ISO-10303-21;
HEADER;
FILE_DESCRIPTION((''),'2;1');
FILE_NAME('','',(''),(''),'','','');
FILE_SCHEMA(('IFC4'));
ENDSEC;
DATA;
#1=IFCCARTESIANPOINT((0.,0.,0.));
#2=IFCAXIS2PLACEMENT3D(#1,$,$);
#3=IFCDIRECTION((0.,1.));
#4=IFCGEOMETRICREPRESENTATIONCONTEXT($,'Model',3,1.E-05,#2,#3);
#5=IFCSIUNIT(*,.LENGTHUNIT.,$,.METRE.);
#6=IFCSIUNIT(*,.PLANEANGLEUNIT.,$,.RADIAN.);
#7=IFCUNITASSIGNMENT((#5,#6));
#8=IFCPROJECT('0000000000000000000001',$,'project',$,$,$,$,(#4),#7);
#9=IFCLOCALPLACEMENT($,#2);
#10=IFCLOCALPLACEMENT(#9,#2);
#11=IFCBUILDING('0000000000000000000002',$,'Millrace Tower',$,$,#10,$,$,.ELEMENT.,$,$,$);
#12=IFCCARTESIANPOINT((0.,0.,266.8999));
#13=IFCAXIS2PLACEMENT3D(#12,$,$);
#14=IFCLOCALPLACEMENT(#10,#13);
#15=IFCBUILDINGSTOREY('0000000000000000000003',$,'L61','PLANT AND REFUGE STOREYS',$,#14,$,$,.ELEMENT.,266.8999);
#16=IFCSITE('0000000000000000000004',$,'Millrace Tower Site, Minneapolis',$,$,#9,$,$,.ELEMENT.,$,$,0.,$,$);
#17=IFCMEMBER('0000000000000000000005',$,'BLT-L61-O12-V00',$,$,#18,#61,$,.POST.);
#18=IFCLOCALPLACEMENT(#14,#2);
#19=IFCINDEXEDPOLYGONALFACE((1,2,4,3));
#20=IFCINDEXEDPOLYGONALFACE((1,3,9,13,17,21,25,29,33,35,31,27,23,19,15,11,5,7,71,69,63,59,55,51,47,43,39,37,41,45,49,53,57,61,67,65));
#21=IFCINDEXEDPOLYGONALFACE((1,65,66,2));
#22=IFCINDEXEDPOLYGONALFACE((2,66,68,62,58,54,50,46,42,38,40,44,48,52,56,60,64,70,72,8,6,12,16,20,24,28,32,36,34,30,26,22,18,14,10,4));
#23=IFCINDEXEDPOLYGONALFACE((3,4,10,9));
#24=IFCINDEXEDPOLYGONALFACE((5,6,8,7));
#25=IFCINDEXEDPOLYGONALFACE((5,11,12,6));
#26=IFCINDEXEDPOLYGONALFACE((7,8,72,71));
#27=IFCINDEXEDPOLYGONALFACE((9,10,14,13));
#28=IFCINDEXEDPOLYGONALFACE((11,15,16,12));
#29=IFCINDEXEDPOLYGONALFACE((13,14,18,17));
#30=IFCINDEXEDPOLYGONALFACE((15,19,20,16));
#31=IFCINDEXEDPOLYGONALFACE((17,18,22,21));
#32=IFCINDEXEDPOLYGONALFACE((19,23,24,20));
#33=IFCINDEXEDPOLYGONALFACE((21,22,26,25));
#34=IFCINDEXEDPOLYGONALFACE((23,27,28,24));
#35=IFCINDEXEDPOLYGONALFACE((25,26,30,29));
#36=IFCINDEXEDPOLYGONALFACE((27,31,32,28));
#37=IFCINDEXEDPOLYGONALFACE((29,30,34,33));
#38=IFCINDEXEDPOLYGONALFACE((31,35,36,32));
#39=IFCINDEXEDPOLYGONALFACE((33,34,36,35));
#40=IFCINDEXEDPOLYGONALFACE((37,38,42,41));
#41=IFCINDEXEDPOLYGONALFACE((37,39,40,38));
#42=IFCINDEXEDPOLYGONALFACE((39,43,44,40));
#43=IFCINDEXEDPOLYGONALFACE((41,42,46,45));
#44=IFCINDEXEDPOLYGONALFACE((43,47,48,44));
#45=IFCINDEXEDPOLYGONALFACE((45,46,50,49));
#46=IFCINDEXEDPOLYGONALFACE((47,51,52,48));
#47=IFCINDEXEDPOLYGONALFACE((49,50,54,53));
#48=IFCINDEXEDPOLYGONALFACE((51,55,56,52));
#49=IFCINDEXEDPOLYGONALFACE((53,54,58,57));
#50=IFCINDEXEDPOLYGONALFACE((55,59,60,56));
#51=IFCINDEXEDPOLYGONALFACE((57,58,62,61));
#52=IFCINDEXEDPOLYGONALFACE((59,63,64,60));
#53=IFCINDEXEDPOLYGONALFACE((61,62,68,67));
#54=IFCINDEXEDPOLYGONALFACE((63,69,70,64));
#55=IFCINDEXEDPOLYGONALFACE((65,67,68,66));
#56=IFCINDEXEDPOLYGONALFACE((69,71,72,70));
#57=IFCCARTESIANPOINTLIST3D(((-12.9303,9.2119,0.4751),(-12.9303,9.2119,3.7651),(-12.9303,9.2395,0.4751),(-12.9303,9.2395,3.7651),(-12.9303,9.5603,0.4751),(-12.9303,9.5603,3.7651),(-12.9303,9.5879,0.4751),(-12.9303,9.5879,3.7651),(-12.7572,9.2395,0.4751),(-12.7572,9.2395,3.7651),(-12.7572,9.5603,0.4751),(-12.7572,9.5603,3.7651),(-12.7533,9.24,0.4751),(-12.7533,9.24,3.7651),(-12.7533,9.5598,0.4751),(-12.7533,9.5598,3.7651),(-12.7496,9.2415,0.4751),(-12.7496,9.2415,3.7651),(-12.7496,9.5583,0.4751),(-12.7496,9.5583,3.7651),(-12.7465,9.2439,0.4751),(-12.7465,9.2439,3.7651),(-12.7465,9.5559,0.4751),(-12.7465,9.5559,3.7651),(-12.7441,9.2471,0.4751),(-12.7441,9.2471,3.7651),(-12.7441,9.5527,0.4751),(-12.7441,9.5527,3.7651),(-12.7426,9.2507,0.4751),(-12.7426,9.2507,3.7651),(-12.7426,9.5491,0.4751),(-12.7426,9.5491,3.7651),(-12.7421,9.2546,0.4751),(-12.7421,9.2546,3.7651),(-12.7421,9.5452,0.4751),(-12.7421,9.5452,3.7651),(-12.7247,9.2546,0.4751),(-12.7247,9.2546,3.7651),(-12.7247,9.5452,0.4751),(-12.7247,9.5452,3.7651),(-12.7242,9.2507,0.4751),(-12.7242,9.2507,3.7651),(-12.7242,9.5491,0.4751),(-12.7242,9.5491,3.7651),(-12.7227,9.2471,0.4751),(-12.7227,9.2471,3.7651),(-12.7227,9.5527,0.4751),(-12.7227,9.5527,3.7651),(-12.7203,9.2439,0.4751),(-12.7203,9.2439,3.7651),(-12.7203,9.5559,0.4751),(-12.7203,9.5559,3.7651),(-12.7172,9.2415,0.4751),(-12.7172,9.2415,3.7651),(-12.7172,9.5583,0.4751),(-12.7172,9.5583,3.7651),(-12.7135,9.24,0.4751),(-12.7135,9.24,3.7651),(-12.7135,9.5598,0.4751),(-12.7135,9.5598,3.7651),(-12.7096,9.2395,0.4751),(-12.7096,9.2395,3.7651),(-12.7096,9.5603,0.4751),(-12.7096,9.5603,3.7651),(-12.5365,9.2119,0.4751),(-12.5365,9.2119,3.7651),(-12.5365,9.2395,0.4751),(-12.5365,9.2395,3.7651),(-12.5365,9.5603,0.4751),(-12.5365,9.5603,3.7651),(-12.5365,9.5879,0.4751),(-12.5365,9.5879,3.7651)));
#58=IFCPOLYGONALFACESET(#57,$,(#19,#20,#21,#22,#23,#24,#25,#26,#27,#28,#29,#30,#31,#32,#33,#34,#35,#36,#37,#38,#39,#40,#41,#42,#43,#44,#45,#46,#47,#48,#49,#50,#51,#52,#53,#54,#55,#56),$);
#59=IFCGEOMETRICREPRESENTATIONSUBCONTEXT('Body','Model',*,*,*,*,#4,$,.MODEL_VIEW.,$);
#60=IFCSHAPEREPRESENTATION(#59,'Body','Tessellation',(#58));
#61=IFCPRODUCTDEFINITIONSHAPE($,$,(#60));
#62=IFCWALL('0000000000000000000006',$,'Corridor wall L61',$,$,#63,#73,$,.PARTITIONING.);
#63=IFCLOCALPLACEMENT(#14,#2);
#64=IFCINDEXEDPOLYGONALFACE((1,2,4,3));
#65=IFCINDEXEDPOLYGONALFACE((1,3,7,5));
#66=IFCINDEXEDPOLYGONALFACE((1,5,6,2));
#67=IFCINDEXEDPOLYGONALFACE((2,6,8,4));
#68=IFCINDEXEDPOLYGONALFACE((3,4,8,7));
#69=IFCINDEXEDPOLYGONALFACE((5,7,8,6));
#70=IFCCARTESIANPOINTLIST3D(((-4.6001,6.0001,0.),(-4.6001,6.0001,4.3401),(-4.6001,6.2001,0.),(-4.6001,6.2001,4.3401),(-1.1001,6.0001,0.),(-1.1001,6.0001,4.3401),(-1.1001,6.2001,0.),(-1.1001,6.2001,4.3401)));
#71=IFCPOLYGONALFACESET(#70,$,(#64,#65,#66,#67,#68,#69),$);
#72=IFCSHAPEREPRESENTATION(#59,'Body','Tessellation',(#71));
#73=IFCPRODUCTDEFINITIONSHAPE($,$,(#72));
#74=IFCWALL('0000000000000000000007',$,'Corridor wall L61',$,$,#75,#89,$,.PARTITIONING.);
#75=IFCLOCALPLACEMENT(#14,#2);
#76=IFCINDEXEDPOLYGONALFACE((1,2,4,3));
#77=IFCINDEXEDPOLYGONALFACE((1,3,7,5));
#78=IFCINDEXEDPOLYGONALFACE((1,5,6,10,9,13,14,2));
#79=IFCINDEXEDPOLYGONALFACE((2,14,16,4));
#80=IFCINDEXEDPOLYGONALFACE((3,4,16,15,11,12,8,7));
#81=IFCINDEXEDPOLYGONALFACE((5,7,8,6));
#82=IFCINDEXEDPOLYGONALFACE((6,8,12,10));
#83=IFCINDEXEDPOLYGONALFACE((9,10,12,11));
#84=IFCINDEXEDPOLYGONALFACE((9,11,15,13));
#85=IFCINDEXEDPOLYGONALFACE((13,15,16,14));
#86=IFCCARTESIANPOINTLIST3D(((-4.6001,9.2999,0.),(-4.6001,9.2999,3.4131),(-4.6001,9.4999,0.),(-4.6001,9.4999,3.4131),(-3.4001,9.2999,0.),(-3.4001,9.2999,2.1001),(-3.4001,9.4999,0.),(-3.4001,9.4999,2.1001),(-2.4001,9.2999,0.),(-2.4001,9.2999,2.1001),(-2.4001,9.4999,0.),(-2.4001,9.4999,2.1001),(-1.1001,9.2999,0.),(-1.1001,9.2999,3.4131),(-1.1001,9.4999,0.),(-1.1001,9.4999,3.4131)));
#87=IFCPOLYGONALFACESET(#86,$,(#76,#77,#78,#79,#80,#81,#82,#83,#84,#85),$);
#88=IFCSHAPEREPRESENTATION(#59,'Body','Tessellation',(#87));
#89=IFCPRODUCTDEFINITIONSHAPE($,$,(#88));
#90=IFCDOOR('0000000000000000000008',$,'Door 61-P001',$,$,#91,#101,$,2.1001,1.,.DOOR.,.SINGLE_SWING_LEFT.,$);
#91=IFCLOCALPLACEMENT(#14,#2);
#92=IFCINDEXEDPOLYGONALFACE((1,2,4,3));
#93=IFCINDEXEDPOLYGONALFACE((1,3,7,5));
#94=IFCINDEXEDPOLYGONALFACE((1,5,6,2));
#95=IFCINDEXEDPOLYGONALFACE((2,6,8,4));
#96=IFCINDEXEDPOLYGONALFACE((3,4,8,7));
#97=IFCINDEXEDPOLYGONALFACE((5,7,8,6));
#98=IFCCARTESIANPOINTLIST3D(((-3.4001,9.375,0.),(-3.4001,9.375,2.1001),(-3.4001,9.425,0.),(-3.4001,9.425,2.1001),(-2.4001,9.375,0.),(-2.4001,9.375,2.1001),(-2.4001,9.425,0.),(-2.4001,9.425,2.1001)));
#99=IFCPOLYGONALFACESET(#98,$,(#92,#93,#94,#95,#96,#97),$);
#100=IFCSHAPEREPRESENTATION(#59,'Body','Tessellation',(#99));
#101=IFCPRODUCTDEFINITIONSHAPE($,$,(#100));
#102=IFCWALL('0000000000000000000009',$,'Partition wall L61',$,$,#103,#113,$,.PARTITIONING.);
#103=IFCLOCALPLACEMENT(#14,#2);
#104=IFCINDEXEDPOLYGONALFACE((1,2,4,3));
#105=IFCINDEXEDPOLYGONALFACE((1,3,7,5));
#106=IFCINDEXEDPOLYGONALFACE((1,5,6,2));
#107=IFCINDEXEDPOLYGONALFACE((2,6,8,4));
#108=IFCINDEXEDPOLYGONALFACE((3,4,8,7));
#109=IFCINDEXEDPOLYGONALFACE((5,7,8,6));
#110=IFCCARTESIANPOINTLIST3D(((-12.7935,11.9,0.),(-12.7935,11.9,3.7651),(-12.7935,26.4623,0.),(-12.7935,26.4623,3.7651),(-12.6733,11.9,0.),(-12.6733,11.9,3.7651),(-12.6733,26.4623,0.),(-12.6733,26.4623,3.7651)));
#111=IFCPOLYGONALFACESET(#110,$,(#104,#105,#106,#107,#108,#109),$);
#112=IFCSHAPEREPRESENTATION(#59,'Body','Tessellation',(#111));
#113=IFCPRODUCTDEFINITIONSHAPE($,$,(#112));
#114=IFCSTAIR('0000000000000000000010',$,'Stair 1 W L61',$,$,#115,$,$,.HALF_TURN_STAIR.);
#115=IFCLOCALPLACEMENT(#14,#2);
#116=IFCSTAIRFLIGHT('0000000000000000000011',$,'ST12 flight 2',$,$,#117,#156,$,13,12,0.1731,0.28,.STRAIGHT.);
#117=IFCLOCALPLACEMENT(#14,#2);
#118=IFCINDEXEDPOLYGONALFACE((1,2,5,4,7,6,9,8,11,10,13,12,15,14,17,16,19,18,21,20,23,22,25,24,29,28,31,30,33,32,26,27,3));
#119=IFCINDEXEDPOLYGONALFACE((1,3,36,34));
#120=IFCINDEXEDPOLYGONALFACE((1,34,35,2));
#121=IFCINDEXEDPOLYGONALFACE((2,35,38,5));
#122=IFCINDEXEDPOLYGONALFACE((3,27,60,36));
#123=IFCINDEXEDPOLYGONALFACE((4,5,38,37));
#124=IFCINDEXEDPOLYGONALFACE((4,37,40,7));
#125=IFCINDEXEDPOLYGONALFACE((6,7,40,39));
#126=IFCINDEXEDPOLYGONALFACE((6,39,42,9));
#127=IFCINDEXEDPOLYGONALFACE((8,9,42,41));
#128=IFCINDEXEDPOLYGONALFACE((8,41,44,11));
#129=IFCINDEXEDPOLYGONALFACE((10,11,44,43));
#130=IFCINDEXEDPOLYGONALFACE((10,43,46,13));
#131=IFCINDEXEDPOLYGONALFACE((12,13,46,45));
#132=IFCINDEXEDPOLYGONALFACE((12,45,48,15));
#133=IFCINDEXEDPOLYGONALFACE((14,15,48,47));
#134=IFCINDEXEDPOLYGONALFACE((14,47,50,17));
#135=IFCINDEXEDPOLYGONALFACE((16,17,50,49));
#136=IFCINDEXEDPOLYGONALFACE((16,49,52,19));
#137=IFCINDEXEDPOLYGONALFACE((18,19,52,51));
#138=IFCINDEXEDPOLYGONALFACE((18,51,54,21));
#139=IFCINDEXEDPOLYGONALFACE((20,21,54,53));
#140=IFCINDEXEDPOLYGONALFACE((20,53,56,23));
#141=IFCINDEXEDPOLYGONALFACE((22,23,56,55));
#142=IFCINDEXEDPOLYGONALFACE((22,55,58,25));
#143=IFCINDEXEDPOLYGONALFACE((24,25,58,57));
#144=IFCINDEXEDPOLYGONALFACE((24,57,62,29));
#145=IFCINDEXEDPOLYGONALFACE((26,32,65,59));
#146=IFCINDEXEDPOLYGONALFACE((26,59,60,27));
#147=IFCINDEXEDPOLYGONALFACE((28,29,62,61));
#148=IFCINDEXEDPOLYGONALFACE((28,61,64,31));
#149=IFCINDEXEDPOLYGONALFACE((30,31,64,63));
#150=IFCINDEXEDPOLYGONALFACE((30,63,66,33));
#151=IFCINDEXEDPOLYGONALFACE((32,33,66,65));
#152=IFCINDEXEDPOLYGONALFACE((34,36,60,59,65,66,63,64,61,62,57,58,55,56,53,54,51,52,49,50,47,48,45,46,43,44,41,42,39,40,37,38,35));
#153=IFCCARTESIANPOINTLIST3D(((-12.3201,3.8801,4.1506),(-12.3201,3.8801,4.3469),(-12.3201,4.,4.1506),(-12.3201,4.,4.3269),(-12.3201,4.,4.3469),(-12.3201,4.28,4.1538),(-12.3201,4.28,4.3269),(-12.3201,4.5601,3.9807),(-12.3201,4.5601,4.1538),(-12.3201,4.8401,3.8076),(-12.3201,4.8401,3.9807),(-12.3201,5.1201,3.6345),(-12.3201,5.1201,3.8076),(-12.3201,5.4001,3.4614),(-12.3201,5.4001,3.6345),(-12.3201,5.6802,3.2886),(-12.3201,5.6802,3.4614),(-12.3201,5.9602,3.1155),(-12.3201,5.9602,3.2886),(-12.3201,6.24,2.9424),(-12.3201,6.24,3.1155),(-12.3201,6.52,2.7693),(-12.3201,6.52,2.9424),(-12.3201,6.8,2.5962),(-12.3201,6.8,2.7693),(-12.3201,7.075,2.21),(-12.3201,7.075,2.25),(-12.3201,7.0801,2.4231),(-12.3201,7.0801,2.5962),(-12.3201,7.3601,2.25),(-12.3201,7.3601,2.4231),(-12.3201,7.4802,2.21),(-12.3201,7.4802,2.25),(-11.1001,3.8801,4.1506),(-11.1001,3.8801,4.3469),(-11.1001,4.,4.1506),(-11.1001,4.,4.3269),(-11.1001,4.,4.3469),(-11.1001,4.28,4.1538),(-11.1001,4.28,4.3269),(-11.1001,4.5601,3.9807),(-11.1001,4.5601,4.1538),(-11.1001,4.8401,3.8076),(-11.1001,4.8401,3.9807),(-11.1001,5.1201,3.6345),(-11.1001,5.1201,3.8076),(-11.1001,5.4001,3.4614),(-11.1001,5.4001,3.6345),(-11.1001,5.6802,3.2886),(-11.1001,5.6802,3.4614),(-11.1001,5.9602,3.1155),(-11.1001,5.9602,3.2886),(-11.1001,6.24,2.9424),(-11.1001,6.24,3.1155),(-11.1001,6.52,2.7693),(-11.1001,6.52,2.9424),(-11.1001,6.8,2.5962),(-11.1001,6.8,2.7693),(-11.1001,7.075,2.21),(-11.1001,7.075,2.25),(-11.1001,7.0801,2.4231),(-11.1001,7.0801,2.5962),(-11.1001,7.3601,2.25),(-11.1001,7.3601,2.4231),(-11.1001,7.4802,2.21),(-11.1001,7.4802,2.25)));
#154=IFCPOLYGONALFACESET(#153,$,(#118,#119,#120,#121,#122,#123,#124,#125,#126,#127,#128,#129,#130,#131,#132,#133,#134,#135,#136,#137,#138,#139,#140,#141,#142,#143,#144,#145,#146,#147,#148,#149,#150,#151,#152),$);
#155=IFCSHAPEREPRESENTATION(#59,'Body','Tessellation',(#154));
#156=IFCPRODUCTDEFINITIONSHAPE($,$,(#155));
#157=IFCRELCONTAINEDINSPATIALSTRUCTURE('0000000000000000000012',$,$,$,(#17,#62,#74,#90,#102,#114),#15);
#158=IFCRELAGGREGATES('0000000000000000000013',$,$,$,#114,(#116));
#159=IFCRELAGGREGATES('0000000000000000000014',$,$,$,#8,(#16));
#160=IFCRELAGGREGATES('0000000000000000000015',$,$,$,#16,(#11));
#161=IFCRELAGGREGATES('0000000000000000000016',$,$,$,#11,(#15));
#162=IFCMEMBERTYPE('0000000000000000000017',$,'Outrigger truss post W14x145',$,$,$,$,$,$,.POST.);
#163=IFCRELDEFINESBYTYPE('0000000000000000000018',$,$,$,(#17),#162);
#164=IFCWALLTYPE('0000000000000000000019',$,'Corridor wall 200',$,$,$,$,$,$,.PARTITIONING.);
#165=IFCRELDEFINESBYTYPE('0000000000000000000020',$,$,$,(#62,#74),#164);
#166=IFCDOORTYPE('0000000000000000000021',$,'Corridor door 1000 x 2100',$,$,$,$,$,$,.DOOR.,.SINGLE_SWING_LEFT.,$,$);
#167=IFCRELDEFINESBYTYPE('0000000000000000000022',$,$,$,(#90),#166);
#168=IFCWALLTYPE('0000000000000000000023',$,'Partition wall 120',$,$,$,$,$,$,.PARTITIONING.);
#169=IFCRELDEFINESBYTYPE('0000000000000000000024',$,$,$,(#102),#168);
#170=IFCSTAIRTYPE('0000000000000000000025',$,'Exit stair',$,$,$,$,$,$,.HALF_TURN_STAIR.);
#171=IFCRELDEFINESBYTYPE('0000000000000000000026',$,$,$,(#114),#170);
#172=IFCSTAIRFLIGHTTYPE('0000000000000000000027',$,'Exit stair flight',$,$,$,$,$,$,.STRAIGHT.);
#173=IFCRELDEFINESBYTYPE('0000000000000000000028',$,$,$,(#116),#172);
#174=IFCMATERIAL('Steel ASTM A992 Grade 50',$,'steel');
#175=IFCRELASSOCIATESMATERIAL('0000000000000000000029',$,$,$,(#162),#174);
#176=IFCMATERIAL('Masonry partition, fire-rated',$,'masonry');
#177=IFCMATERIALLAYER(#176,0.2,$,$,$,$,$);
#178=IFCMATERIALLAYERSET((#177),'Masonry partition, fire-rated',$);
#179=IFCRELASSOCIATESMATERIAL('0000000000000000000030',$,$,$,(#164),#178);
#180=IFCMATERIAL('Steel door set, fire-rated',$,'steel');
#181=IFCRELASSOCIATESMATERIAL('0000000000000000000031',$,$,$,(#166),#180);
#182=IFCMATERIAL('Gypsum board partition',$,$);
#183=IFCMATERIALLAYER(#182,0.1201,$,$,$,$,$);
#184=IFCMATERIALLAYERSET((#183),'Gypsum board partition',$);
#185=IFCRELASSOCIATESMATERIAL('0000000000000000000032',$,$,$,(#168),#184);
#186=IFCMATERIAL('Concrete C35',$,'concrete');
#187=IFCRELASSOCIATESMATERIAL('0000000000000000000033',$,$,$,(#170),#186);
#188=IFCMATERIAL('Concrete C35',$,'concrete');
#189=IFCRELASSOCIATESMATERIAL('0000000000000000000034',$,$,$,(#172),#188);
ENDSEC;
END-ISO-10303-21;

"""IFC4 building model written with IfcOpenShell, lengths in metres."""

from ifc_helpers import new_model, si_unit, direction, frame, frame_2d, origin, origin_2d, place, context, subcontext, project, spatial, polyline, rectangle, i_section, outline, extrude, material, layer, layer_set, material_profile, profile_set, type_object, element, fill, aggregate, save


model = new_model("IFC4")

# Units and contexts
model_context = context("Model", 3, precision=1e-05, world=origin(), true_north=direction((0.0, 1.0)))
body_context = subcontext(model_context, "Body", "Model", "MODEL_VIEW")
ifc_project = project(units=[si_unit("LENGTHUNIT", "METRE"), si_unit("PLANEANGLEUNIT", "RADIAN")], contexts=[model_context])

# Site, building, storey
site_placement = place(None, origin())
site = spatial("IfcSite", under=ifc_project, at=site_placement, Name="Millrace Tower Site, Minneapolis", CompositionType="ELEMENT", RefElevation=0.0)
building_placement = place(site_placement, origin())
building = spatial("IfcBuilding", under=site, at=building_placement, Name="Millrace Tower", CompositionType="ELEMENT")
storey_placement = place(building_placement, frame((0.0, 0.0, 266.8999)))
storey = spatial("IfcBuildingStorey", under=building, at=storey_placement, Name="L61", Description="PLANT AND REFUGE STOREYS", CompositionType="ELEMENT", Elevation=266.8999)

# Member
ifc_material_1 = material(Name="Steel ASTM A992 Grade 50", Category="steel")
ifc_material_profile_1 = material_profile(ifc_material_1, i_section(OverallWidth=0.3938, OverallDepth=0.376, WebThickness=0.0173, FlangeThickness=0.0276, FilletRadius=0.0151, at=origin_2d()))
ifc_profile_set_1 = profile_set([ifc_material_profile_1], Name="Steel ASTM A992 Grade 50")
member_type_1 = type_object("IfcMemberType", Name="Outrigger truss post W14x145", PredefinedType="POST", material=ifc_profile_set_1)
for number, where, z_axis, x_axis, name in (
    (1, (-12.7334, 9.3999, 0.4751), (0.0, 0.0, 1.0), (1.0, 0.0, 0.0), "BLT-L61-O12-V00"),
):
    element("IfcMember", number, at=place(storey_placement, frame(where, z_axis=z_axis, x_axis=x_axis)), inside=storey, type_object=member_type_1, Name=name, PredefinedType="POST", context=body_context, shape_type="SweptSolid", body=[
        extrude(i_section(OverallWidth=0.3938, OverallDepth=0.376, WebThickness=0.0173, FlangeThickness=0.0276, FilletRadius=0.0151, at=origin_2d()), origin(), (0.0, 0.0, 1.0), 3.29),
    ])

# Wall
ifc_material_2 = material(Name="Masonry partition, fire-rated", Category="masonry")
ifc_layer_1 = layer(ifc_material_2, 0.2)
ifc_layer_set_1 = layer_set([ifc_layer_1], Name="Masonry partition, fire-rated")
wall_type_1 = type_object("IfcWallType", Name="Corridor wall 200", PredefinedType="PARTITIONING", material=ifc_layer_set_1)
wall_1_placement = place(storey_placement, frame((-4.6001, 6.1001, 0.0), z_axis=(0.0, 0.0, 1.0), x_axis=(1.0, 0.0, 0.0)))
element("IfcWall", 2, at=wall_1_placement, inside=storey, type_object=wall_type_1, Name="Corridor wall L61", PredefinedType="PARTITIONING", context=body_context, shape_type="SweptSolid", body=[
    extrude(rectangle(XDim=3.5, YDim=0.2, at=frame_2d((1.75, 0.0))), origin(), (0.0, 0.0, 1.0), 4.3401),
])

# Wall, opening, door
wall_2_placement = place(storey_placement, frame((-4.6001, 9.3999, 0.0), z_axis=(0.0, 0.0, 1.0), x_axis=(1.0, 0.0, 0.0)))
wall_2 = element("IfcWall", 3, at=wall_2_placement, inside=storey, type_object=wall_type_1, Name="Corridor wall L61", PredefinedType="PARTITIONING", context=body_context, shape_type="SweptSolid", body=[
    extrude(rectangle(XDim=3.5, YDim=0.2, at=frame_2d((1.75, 0.0))), origin(), (0.0, 0.0, 1.0), 3.4131),
])
opening_placement = place(wall_2_placement, frame((1.2, 0.0, 0.0)))
opening = element("IfcOpeningElement", 4, at=opening_placement, cuts=wall_2, PredefinedType="OPENING", context=body_context, shape_type="SweptSolid", body=[
    extrude(rectangle(XDim=1.0, YDim=2.1001, at=frame_2d((0.5, 1.05))), frame((0.0, 0.1099, 0.0), z_axis=(0.0, -1.0, 0.0), x_axis=(1.0, 0.0, 0.0)), (0.0, 0.0, 1.0), 0.22),
])
ifc_material_3 = material(Name="Steel door set, fire-rated", Category="steel")
door_type = type_object("IfcDoorType", Name="Corridor door 1000 x 2100", OperationType="SINGLE_SWING_LEFT", PredefinedType="DOOR", material=ifc_material_3)
door_placement = place(opening_placement, frame((1.0, 0.0, 0.0), z_axis=(0.0, 0.0, 1.0), x_axis=(-1.0, 0.0, 0.0)))
door = element("IfcDoor", 5, at=door_placement, inside=storey, type_object=door_type, Name="Door 61-P001", OperationType="SINGLE_SWING_LEFT", OverallHeight=2.1001, OverallWidth=1.0, PredefinedType="DOOR", context=body_context, shape_type="SweptSolid", body=[
    extrude(rectangle(XDim=1.0, YDim=2.1001, at=frame_2d((0.5, 1.05))), frame((0.0, 0.0249, 0.0), z_axis=(0.0, -1.0, 0.0), x_axis=(1.0, 0.0, 0.0)), (0.0, 0.0, 1.0), 0.05),
])
fill(opening, door)

# Wall
ifc_material_4 = material(Name="Gypsum board partition")
ifc_layer_2 = layer(ifc_material_4, 0.1201)
ifc_layer_set_2 = layer_set([ifc_layer_2], Name="Gypsum board partition")
wall_type_2 = type_object("IfcWallType", Name="Partition wall 120", PredefinedType="PARTITIONING", material=ifc_layer_set_2)
wall_3_placement = place(storey_placement, frame((-12.7334, 11.8999, 0.0), z_axis=(0.0, 0.0, 1.0), x_axis=(0.0, 1.0, 0.0)))
element("IfcWall", 6, at=wall_3_placement, inside=storey, type_object=wall_type_2, Name="Partition wall L61", PredefinedType="PARTITIONING", context=body_context, shape_type="SweptSolid", body=[
    extrude(rectangle(XDim=14.5623, YDim=0.1201, at=frame_2d((7.2812, 0.0))), origin(), (0.0, 0.0, 1.0), 3.7651),
])

# Stair, stair flight
ifc_material_5 = material(Name="Concrete C35", Category="concrete")
stair_type = type_object("IfcStairType", Name="Exit stair", PredefinedType="HALF_TURN_STAIR", material=ifc_material_5)
placement = place(storey_placement, origin())
stair_1 = element("IfcStair", 7, at=placement, inside=storey, type_object=stair_type, Name="Stair 1 W L61", PredefinedType="HALF_TURN_STAIR")
ifc_material_6 = material(Name="Concrete C35", Category="concrete")
stair_flight_type = type_object("IfcStairFlightType", Name="Exit stair flight", PredefinedType="STRAIGHT", material=ifc_material_6)
stair_flight_1_placement = place(storey_placement, frame((-11.71, 7.3601, 2.25), z_axis=(0.0, 0.0, 1.0), x_axis=(0.0, -1.0, 0.0)))
stair_flight_1 = element("IfcStairFlight", 8, at=stair_flight_1_placement, type_object=stair_flight_type, Name="ST12 flight 2", NumberOfRisers=13, NumberOfTreads=12, PredefinedType="STRAIGHT", RiserHeight=0.1731, TreadLength=0.28, context=body_context, shape_type="SweptSolid", body=[
    extrude(outline(polyline([(-0.1201, -0.04), (-0.1201, 0.0), (0.0, 0.0), (0.0, 0.1731), (0.28, 0.1731), (0.28, 0.3462), (0.5601, 0.3462), (0.5601, 0.5193), (0.8401, 0.5193), (0.8401, 0.6924), (1.1201, 0.6924), (1.1201, 0.8655), (1.3999, 0.8655), (1.3999, 1.0386), (1.6799, 1.0386), (1.6799, 1.2114), (1.96, 1.2114), (1.96, 1.3845), (2.24, 1.3845), (2.24, 1.5576), (2.52, 1.5576), (2.52, 1.7307), (2.8, 1.7307), (2.8, 1.9038), (3.0801, 1.9038), (3.0801, 2.0769), (3.3601, 2.0769), (3.3601, 2.0969), (3.48, 2.0969), (3.48, 1.9006), (3.3601, 1.9006), (0.2852, 0.0), (0.2852, -0.04), (-0.1201, -0.04)])), frame((0.0, 0.6099, 0.0), z_axis=(0.0, -1.0, 0.0), x_axis=(1.0, 0.0, 0.0)), (0.0, 0.0, 1.0), 1.22),
])
aggregate(stair_1, [stair_flight_1])

save(model, "model.ifc")
